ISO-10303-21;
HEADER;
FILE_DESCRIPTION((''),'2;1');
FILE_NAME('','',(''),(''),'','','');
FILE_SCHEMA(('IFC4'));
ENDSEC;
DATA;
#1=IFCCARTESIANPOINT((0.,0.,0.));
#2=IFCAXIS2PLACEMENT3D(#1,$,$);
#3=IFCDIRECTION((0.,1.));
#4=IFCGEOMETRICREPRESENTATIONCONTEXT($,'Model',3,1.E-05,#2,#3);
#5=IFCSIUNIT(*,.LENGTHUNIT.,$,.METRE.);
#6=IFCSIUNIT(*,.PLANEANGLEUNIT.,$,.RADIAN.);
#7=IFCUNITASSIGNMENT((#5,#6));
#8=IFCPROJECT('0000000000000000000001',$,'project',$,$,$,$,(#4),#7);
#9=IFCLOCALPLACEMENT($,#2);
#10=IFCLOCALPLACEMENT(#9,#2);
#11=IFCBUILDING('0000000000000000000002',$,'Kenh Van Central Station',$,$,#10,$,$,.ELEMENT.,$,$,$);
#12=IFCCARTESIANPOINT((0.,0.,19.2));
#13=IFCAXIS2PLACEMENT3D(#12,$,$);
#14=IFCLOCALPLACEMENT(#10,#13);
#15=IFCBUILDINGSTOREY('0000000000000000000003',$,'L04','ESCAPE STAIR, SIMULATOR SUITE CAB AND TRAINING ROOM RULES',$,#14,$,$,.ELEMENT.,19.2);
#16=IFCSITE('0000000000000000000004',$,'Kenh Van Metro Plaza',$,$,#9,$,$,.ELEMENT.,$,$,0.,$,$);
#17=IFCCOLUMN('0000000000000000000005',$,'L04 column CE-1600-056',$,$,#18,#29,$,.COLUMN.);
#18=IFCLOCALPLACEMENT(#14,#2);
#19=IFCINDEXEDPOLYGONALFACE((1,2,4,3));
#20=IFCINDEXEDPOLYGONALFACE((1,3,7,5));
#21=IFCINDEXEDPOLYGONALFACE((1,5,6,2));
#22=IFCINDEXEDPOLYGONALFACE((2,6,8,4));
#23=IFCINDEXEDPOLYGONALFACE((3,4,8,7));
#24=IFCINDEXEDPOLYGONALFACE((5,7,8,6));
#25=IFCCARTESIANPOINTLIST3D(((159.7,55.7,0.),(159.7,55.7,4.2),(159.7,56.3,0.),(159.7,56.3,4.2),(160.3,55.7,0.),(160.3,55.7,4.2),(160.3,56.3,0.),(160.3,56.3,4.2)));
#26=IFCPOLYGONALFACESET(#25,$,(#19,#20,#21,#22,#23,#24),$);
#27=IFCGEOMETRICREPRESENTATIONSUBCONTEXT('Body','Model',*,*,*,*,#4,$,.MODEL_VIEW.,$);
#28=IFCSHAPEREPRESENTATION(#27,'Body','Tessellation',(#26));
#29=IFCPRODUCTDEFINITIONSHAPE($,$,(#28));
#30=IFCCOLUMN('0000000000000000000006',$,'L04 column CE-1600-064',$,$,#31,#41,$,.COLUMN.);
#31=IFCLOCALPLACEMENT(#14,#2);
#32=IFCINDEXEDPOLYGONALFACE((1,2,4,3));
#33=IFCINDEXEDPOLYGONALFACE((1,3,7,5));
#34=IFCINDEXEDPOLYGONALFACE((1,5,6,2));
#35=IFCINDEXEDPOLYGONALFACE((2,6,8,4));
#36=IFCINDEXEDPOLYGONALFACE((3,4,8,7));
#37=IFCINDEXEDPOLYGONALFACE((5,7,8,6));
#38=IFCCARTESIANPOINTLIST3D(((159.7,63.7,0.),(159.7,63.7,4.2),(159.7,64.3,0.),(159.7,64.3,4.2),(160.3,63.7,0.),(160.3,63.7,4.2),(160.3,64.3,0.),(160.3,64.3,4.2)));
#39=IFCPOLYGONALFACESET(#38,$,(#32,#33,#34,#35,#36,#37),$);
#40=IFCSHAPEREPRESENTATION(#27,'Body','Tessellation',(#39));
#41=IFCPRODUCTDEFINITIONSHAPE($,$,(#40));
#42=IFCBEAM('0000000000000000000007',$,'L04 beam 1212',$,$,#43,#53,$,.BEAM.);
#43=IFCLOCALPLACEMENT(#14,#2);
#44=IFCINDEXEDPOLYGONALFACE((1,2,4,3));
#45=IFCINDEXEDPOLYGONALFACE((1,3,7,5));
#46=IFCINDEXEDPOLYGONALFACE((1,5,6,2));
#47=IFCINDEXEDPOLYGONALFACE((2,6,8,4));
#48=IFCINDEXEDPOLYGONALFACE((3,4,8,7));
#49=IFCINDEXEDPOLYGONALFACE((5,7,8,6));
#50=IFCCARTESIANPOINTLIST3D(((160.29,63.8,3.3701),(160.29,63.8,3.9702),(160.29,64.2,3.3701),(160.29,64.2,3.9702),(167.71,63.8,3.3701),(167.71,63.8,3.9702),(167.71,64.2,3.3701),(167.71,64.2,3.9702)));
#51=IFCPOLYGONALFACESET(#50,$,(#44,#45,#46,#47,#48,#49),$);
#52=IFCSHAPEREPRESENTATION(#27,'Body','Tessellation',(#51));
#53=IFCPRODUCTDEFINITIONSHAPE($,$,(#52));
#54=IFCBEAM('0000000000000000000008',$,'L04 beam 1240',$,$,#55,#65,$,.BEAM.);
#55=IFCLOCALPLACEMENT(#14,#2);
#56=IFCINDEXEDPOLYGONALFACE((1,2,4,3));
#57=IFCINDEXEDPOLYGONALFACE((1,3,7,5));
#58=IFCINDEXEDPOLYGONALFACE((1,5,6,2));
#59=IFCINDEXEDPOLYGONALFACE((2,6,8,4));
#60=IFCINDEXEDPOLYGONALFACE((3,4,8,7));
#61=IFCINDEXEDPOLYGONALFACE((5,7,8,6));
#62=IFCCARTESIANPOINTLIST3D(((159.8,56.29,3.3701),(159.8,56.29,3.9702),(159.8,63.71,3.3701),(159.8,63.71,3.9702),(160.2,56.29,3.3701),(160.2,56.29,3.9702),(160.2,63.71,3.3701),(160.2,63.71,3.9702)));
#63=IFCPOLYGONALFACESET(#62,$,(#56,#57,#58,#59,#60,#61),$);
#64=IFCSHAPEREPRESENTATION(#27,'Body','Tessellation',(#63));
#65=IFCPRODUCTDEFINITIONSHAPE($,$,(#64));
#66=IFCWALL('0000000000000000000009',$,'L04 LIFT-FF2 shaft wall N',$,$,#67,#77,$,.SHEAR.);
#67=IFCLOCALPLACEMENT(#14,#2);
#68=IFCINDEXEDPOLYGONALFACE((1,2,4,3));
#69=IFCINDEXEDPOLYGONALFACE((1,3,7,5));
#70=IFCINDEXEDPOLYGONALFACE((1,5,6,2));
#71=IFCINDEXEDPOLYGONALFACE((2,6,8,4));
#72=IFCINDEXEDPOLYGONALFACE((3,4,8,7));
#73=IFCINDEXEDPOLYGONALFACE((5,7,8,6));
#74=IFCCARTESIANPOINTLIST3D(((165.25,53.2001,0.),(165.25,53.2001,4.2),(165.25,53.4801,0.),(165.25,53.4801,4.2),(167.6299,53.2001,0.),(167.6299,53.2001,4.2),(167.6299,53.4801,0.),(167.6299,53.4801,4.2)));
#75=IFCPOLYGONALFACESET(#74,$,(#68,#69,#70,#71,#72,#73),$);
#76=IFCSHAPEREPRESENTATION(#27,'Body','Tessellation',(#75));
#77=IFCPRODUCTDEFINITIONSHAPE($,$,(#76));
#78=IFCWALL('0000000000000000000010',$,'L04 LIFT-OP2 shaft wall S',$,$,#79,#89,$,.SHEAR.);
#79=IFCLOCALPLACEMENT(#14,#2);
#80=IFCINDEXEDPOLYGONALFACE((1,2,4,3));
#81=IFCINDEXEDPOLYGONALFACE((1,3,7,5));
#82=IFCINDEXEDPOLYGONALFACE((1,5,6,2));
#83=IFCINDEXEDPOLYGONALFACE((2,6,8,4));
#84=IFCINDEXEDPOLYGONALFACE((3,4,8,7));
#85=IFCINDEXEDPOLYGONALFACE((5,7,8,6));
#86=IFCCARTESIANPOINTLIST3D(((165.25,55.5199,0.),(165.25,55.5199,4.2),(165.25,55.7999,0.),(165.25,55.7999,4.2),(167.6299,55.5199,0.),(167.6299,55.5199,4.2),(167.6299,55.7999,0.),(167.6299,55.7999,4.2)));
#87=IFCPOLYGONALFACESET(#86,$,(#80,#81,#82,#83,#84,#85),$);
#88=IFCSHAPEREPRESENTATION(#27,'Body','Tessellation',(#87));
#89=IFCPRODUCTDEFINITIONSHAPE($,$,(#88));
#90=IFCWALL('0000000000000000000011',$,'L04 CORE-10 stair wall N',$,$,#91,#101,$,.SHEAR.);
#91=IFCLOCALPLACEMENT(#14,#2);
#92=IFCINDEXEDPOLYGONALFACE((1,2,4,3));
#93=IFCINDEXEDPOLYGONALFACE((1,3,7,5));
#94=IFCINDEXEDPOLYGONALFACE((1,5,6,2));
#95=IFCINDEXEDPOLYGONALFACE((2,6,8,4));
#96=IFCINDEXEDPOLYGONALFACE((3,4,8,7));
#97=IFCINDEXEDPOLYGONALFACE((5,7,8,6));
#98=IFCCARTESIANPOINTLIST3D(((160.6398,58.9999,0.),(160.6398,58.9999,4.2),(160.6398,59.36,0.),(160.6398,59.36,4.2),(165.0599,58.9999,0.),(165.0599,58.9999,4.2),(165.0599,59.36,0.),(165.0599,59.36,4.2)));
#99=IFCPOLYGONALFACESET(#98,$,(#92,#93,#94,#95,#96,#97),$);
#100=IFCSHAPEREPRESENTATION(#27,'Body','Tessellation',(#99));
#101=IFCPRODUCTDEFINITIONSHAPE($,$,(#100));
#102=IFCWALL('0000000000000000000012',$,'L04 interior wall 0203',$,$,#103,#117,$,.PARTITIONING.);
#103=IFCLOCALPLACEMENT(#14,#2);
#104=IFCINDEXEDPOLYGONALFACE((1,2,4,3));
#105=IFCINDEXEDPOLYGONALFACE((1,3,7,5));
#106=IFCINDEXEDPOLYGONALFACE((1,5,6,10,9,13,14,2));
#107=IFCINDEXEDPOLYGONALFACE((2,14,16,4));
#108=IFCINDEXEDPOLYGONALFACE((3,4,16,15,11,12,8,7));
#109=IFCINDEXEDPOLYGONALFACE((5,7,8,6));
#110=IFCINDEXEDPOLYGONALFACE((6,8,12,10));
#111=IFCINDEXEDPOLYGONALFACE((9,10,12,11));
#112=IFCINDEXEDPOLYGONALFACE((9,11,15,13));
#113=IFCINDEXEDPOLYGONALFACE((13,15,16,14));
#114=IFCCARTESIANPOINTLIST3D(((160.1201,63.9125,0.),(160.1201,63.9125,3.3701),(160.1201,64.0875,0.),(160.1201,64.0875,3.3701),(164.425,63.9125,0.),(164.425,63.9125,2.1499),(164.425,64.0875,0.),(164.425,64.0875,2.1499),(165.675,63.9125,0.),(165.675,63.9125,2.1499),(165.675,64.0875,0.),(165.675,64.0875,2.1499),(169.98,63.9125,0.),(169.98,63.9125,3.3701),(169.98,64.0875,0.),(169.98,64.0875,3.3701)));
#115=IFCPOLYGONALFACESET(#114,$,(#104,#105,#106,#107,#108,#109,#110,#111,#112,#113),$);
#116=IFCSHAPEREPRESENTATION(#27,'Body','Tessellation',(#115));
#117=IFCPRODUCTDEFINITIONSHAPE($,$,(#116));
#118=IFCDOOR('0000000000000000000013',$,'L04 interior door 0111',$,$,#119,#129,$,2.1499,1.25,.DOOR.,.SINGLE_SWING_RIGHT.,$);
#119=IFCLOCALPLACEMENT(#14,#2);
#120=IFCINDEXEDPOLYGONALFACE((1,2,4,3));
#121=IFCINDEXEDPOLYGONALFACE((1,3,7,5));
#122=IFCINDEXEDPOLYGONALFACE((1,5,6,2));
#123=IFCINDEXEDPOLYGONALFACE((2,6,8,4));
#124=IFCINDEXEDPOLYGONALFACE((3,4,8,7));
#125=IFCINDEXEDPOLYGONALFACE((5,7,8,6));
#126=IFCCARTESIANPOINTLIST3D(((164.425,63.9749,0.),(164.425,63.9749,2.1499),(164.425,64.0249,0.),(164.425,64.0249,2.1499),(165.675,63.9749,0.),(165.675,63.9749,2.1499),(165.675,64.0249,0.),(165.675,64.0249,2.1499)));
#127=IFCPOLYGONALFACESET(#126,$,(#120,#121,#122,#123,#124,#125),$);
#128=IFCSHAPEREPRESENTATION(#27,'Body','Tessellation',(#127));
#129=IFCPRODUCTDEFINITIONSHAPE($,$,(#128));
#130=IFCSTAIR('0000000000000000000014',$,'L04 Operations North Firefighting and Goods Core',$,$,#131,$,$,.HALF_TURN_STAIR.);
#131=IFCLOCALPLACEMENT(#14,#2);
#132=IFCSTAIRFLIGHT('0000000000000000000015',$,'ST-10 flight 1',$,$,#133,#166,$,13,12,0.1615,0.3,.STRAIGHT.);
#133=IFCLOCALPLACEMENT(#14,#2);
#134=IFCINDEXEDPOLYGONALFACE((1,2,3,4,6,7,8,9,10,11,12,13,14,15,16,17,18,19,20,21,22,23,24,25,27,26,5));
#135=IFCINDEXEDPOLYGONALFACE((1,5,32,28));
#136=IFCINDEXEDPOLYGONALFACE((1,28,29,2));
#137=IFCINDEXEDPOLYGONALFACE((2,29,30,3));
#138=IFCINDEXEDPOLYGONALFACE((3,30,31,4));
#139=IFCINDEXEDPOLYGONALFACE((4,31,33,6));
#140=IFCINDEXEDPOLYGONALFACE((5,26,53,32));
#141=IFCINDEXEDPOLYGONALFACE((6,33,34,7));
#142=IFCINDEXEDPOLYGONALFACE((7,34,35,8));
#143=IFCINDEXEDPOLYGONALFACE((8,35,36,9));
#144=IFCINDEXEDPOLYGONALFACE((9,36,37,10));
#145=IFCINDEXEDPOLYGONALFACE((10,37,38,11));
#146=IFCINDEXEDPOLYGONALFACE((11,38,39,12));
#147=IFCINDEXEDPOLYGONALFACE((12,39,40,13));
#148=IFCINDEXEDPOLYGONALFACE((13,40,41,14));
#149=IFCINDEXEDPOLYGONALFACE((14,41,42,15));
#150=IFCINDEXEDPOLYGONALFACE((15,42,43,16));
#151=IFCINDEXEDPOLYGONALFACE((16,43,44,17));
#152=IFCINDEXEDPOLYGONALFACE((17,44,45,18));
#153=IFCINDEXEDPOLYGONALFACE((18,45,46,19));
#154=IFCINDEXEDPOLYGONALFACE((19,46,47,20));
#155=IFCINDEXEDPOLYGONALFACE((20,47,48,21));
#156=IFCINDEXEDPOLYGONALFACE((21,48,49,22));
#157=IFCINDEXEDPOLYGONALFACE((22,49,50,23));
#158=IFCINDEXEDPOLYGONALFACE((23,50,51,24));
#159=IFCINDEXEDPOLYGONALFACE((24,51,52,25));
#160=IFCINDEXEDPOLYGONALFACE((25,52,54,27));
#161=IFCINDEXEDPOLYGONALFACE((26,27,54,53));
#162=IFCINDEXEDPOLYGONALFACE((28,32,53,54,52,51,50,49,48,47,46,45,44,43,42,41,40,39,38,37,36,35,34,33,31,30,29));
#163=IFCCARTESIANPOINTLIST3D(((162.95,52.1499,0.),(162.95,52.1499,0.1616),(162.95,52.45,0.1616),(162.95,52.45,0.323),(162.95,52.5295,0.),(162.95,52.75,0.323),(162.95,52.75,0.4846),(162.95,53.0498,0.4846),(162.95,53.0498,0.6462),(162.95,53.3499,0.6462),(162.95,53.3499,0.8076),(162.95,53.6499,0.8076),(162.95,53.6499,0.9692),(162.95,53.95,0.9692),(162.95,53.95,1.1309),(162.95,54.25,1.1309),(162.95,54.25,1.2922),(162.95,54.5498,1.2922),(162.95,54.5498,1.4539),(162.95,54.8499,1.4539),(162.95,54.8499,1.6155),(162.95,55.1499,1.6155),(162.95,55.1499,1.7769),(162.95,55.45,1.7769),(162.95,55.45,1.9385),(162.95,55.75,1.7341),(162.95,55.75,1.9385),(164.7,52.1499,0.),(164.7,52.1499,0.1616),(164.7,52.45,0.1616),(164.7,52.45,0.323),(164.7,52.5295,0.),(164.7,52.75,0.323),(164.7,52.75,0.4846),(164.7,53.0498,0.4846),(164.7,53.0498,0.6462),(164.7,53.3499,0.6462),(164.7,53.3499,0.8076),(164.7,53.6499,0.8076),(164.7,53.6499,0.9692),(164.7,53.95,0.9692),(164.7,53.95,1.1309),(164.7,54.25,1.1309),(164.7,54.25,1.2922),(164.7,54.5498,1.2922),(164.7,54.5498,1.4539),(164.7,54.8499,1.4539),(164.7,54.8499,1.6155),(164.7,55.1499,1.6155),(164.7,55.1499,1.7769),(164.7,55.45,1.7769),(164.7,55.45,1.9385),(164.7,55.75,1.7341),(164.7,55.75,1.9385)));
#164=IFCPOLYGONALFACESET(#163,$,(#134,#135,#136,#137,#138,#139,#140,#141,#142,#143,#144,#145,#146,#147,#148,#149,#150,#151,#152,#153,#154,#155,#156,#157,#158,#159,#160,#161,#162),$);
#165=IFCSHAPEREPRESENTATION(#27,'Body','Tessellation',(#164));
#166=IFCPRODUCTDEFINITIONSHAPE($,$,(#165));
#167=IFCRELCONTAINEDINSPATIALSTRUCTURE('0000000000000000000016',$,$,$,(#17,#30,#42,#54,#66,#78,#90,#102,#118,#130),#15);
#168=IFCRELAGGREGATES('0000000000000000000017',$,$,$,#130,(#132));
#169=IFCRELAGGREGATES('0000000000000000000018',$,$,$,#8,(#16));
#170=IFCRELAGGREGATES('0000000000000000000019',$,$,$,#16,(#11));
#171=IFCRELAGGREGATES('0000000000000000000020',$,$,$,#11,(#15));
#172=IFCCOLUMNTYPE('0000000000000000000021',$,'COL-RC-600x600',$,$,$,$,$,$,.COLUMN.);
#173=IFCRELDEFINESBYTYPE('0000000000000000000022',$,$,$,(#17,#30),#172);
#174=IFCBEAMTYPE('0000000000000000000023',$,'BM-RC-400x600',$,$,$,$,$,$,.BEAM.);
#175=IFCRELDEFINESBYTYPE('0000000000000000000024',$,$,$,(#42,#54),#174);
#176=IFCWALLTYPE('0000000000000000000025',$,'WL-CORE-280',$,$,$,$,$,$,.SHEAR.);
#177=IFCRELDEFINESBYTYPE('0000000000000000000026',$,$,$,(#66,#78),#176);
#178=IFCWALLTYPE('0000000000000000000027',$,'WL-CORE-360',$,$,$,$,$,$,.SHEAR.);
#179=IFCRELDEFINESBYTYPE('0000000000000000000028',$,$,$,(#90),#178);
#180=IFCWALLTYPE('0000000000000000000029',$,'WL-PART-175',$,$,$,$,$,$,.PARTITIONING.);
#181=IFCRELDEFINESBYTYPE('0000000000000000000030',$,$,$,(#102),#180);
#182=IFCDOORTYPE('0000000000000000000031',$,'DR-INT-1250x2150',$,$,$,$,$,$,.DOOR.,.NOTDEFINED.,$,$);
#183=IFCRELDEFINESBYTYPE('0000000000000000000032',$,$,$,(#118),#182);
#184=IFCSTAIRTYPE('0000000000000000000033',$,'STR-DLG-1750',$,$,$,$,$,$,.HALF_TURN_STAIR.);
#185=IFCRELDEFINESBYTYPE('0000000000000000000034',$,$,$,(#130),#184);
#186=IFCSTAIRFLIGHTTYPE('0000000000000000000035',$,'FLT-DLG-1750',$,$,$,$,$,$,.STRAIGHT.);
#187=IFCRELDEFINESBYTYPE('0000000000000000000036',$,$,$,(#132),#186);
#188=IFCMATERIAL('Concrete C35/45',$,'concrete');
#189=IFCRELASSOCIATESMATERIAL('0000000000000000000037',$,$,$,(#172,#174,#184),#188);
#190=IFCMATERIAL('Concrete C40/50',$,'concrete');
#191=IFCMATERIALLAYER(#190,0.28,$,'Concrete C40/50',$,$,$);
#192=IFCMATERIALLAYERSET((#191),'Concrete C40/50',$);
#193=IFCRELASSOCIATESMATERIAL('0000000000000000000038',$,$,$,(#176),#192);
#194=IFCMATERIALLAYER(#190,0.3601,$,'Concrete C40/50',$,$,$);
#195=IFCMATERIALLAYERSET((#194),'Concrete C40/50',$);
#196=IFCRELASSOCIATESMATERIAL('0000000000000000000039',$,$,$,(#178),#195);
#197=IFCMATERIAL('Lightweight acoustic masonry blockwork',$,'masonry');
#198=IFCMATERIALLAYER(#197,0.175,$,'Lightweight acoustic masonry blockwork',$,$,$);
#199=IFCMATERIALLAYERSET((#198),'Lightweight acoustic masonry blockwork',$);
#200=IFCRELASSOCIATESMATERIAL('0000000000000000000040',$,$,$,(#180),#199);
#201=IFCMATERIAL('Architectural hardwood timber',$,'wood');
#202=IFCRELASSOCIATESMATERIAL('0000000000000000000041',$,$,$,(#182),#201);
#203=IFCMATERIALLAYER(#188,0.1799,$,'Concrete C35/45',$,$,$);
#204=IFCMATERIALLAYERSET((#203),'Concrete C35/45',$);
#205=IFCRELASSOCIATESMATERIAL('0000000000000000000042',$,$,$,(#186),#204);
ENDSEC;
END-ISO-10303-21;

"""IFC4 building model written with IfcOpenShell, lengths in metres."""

from ifc_helpers import new_model, si_unit, direction, frame, frame_2d, origin, origin_2d, place, context, subcontext, project, spatial, polyline, rectangle, outline, extrude, material, layer, layer_set, material_profile, profile_set, type_object, element, fill, aggregate, save


model = new_model("IFC4")

# Units and contexts
model_context = context("Model", 3, precision=1e-05, world=origin(), true_north=direction((0.0, 1.0)))
body_context = subcontext(model_context, "Body", "Model", "MODEL_VIEW")
ifc_project = project(units=[si_unit("LENGTHUNIT", "METRE"), si_unit("PLANEANGLEUNIT", "RADIAN")], contexts=[model_context])

# Site, building, storey
site_placement = place(None, origin())
site = spatial("IfcSite", under=ifc_project, at=site_placement, Name="Kenh Van Metro Plaza", CompositionType="ELEMENT", RefElevation=0.0)
building_placement = place(site_placement, origin())
building = spatial("IfcBuilding", under=site, at=building_placement, Name="Kenh Van Central Station", CompositionType="ELEMENT")
storey_placement = place(building_placement, frame((0.0, 0.0, 19.2)))
storey = spatial("IfcBuildingStorey", under=building, at=storey_placement, Name="L04", Description="ESCAPE STAIR, SIMULATOR SUITE CAB AND TRAINING ROOM RULES", CompositionType="ELEMENT", Elevation=19.2)

# Columns
ifc_material_1 = material(Name="Concrete C35/45", Category="concrete")
ifc_material_profile_1 = material_profile(ifc_material_1, rectangle(XDim=0.6001, YDim=0.6001, at=origin_2d()), Name="RC 600x600")
ifc_profile_set_1 = profile_set([ifc_material_profile_1], Name="Concrete C35/45")
column_type = type_object("IfcColumnType", Name="COL-RC-600x600", PredefinedType="COLUMN", material=ifc_profile_set_1)
for number, where, z_axis, x_axis, name in (
    (1, (160.0, 56.0, 0.0), (0.0, 0.0, 1.0), (1.0, 0.0, 0.0), "L04 column CE-1600-056"),
    (2, (160.0, 64.0, 0.0), (0.0, 0.0, 1.0), (1.0, 0.0, 0.0), "L04 column CE-1600-064"),
):
    element("IfcColumn", number, at=place(storey_placement, frame(where, z_axis=z_axis, x_axis=x_axis)), inside=storey, type_object=column_type, Name=name, PredefinedType="COLUMN", context=body_context, shape_type="SweptSolid", body=[
        extrude(rectangle(XDim=0.6001, YDim=0.6001, at=origin_2d()), origin(), (0.0, 0.0, 1.0), 4.2),
    ])

# Beams
ifc_material_profile_2 = material_profile(ifc_material_1, rectangle(XDim=0.3999, YDim=0.6001, at=origin_2d()), Name="RC 400x600")
ifc_profile_set_2 = profile_set([ifc_material_profile_2], Name="Concrete C35/45")
beam_type = type_object("IfcBeamType", Name="BM-RC-400x600", PredefinedType="BEAM", material=ifc_profile_set_2)
for number, where, z_axis, x_axis, name in (
    (3, (160.29, 64.0, 3.6702), (1.0, 0.0, 0.0), (0.0, 1.0, 0.0), "L04 beam 1212"),
    (4, (160.0, 56.29, 3.6702), (0.0, 1.0, 0.0), (-1.0, 0.0, 0.0), "L04 beam 1240"),
):
    element("IfcBeam", number, at=place(storey_placement, frame(where, z_axis=z_axis, x_axis=x_axis)), inside=storey, type_object=beam_type, Name=name, PredefinedType="BEAM", context=body_context, shape_type="SweptSolid", body=[
        extrude(rectangle(XDim=0.3999, YDim=0.6001, at=origin_2d()), origin(), (0.0, 0.0, 1.0), 7.4199),
    ])

# Walls
ifc_material_2 = material(Name="Concrete C40/50", Category="concrete")
ifc_layer_1 = layer(ifc_material_2, 0.28, Name="Concrete C40/50")
ifc_layer_set_1 = layer_set([ifc_layer_1], Name="Concrete C40/50")
wall_type_1 = type_object("IfcWallType", Name="WL-CORE-280", PredefinedType="SHEAR", material=ifc_layer_set_1)
for number, where, z_axis, x_axis, name in (
    (5, (165.25, 53.3401, 0.0), (0.0, 0.0, 1.0), (1.0, 0.0, 0.0), "L04 LIFT-FF2 shaft wall N"),
    (6, (165.25, 55.6599, 0.0), (0.0, 0.0, 1.0), (1.0, 0.0, 0.0), "L04 LIFT-OP2 shaft wall S"),
):
    element("IfcWall", number, at=place(storey_placement, frame(where, z_axis=z_axis, x_axis=x_axis)), inside=storey, type_object=wall_type_1, Name=name, PredefinedType="SHEAR", context=body_context, shape_type="SweptSolid", body=[
        extrude(rectangle(XDim=2.3799, YDim=0.28, at=frame_2d((1.1899, 0.0))), origin(), (0.0, 0.0, 1.0), 4.2),
    ])

# Wall
ifc_layer_2 = layer(ifc_material_2, 0.3601, Name="Concrete C40/50")
ifc_layer_set_2 = layer_set([ifc_layer_2], Name="Concrete C40/50")
wall_type_2 = type_object("IfcWallType", Name="WL-CORE-360", PredefinedType="SHEAR", material=ifc_layer_set_2)
wall_1_placement = place(storey_placement, frame((160.6399, 59.1799, 0.0), z_axis=(0.0, 0.0, 1.0), x_axis=(1.0, 0.0, 0.0)))
element("IfcWall", 7, at=wall_1_placement, inside=storey, type_object=wall_type_2, Name="L04 CORE-10 stair wall N", PredefinedType="SHEAR", context=body_context, shape_type="SweptSolid", body=[
    extrude(rectangle(XDim=4.4202, YDim=0.3601, at=frame_2d((2.21, 0.0))), origin(), (0.0, 0.0, 1.0), 4.2),
])

# Wall, opening, door
ifc_material_3 = material(Name="Lightweight acoustic masonry blockwork", Category="masonry")
ifc_layer_3 = layer(ifc_material_3, 0.175, Name="Lightweight acoustic masonry blockwork")
ifc_layer_set_3 = layer_set([ifc_layer_3], Name="Lightweight acoustic masonry blockwork")
wall_type_3 = type_object("IfcWallType", Name="WL-PART-175", PredefinedType="PARTITIONING", material=ifc_layer_set_3)
wall_2_placement = place(storey_placement, frame((160.1201, 64.0, 0.0), z_axis=(0.0, 0.0, 1.0), x_axis=(1.0, 0.0, 0.0)))
wall_2 = element("IfcWall", 8, at=wall_2_placement, inside=storey, type_object=wall_type_3, Name="L04 interior wall 0203", PredefinedType="PARTITIONING", context=body_context, shape_type="SweptSolid", body=[
    extrude(rectangle(XDim=9.8599, YDim=0.175, at=frame_2d((4.9299, 0.0))), origin(), (0.0, 0.0, 1.0), 3.3701),
])
opening_1_placement = place(wall_2_placement, frame((4.3049, 0.0, 0.0)))
opening_1 = element("IfcOpeningElement", 9, at=opening_1_placement, cuts=wall_2, PredefinedType="OPENING", context=body_context, shape_type="SweptSolid", body=[
    extrude(rectangle(XDim=1.25, YDim=2.1499, at=frame_2d((0.625, 1.075))), frame((0.0, 0.0974, 0.0), z_axis=(0.0, -1.0, 0.0), x_axis=(1.0, 0.0, 0.0)), (0.0, 0.0, 1.0), 0.1951),
])
ifc_material_4 = material(Name="Architectural hardwood timber", Category="wood")
door_type_1 = type_object("IfcDoorType", Name="DR-INT-1250x2150", OperationType="NOTDEFINED", PredefinedType="DOOR", material=ifc_material_4)
door_1_placement = place(opening_1_placement, origin())
door_1 = element("IfcDoor", 10, at=door_1_placement, inside=storey, type_object=door_type_1, Name="L04 interior door 0111", OperationType="SINGLE_SWING_RIGHT", OverallHeight=2.1499, OverallWidth=1.25, PredefinedType="DOOR", context=body_context, shape_type="SweptSolid", body=[
    extrude(rectangle(XDim=1.25, YDim=2.1499, at=frame_2d((0.625, 1.075))), frame((0.0, 0.0249, 0.0), z_axis=(0.0, -1.0, 0.0), x_axis=(1.0, 0.0, 0.0)), (0.0, 0.0, 1.0), 0.05),
])
fill(opening_1, door_1)

# Stair, stair flight
stair_type = type_object("IfcStairType", Name="STR-DLG-1750", PredefinedType="HALF_TURN_STAIR", material=ifc_material_1)
stair_placement = place(storey_placement, origin())
stair = element("IfcStair", 11, at=stair_placement, inside=storey, type_object=stair_type, Name="L04 Operations North Firefighting and Goods Core", PredefinedType="HALF_TURN_STAIR")
ifc_layer_4 = layer(ifc_material_1, 0.1799, Name="Concrete C35/45")
ifc_layer_set_4 = layer_set([ifc_layer_4], Name="Concrete C35/45")
stair_flight_type = type_object("IfcStairFlightType", Name="FLT-DLG-1750", PredefinedType="STRAIGHT", material=ifc_layer_set_4)
stair_flight_1_placement = place(storey_placement, frame((163.825, 52.1499, 0.0), z_axis=(0.0, 0.0, 1.0), x_axis=(0.0, 1.0, 0.0)))
stair_flight_1 = element("IfcStairFlight", 12, at=stair_flight_1_placement, type_object=stair_flight_type, Name="ST-10 flight 1", NumberOfRisers=13, NumberOfTreads=12, PredefinedType="STRAIGHT", RiserHeight=0.1615, TreadLength=0.3, context=body_context, shape_type="SweptSolid", body=[
    extrude(outline(polyline([(0.0, 0.0), (0.0, 0.1616), (0.3, 0.1616), (0.3, 0.323), (0.6001, 0.323), (0.6001, 0.4846), (0.8999, 0.4846), (0.8999, 0.6462), (1.2, 0.6462), (1.2, 0.8076), (1.5, 0.8076), (1.5, 0.9692), (1.8, 0.9692), (1.8, 1.1309), (2.1001, 1.1309), (2.1001, 1.2922), (2.3999, 1.2922), (2.3999, 1.4539), (2.7, 1.4539), (2.7, 1.6155), (3.0, 1.6155), (3.0, 1.7769), (3.3, 1.7769), (3.3, 1.9385), (3.6001, 1.9385), (3.6001, 2.1001), (3.6001, 1.7341), (0.3796, 0.0), (0.0, 0.0)])), frame((0.0, 0.875, 0.0), z_axis=(0.0, -1.0, 0.0), x_axis=(1.0, 0.0, 0.0)), (0.0, 0.0, 1.0), 1.75),
])
aggregate(stair, [stair_flight_1])

save(model, "model.ifc")
